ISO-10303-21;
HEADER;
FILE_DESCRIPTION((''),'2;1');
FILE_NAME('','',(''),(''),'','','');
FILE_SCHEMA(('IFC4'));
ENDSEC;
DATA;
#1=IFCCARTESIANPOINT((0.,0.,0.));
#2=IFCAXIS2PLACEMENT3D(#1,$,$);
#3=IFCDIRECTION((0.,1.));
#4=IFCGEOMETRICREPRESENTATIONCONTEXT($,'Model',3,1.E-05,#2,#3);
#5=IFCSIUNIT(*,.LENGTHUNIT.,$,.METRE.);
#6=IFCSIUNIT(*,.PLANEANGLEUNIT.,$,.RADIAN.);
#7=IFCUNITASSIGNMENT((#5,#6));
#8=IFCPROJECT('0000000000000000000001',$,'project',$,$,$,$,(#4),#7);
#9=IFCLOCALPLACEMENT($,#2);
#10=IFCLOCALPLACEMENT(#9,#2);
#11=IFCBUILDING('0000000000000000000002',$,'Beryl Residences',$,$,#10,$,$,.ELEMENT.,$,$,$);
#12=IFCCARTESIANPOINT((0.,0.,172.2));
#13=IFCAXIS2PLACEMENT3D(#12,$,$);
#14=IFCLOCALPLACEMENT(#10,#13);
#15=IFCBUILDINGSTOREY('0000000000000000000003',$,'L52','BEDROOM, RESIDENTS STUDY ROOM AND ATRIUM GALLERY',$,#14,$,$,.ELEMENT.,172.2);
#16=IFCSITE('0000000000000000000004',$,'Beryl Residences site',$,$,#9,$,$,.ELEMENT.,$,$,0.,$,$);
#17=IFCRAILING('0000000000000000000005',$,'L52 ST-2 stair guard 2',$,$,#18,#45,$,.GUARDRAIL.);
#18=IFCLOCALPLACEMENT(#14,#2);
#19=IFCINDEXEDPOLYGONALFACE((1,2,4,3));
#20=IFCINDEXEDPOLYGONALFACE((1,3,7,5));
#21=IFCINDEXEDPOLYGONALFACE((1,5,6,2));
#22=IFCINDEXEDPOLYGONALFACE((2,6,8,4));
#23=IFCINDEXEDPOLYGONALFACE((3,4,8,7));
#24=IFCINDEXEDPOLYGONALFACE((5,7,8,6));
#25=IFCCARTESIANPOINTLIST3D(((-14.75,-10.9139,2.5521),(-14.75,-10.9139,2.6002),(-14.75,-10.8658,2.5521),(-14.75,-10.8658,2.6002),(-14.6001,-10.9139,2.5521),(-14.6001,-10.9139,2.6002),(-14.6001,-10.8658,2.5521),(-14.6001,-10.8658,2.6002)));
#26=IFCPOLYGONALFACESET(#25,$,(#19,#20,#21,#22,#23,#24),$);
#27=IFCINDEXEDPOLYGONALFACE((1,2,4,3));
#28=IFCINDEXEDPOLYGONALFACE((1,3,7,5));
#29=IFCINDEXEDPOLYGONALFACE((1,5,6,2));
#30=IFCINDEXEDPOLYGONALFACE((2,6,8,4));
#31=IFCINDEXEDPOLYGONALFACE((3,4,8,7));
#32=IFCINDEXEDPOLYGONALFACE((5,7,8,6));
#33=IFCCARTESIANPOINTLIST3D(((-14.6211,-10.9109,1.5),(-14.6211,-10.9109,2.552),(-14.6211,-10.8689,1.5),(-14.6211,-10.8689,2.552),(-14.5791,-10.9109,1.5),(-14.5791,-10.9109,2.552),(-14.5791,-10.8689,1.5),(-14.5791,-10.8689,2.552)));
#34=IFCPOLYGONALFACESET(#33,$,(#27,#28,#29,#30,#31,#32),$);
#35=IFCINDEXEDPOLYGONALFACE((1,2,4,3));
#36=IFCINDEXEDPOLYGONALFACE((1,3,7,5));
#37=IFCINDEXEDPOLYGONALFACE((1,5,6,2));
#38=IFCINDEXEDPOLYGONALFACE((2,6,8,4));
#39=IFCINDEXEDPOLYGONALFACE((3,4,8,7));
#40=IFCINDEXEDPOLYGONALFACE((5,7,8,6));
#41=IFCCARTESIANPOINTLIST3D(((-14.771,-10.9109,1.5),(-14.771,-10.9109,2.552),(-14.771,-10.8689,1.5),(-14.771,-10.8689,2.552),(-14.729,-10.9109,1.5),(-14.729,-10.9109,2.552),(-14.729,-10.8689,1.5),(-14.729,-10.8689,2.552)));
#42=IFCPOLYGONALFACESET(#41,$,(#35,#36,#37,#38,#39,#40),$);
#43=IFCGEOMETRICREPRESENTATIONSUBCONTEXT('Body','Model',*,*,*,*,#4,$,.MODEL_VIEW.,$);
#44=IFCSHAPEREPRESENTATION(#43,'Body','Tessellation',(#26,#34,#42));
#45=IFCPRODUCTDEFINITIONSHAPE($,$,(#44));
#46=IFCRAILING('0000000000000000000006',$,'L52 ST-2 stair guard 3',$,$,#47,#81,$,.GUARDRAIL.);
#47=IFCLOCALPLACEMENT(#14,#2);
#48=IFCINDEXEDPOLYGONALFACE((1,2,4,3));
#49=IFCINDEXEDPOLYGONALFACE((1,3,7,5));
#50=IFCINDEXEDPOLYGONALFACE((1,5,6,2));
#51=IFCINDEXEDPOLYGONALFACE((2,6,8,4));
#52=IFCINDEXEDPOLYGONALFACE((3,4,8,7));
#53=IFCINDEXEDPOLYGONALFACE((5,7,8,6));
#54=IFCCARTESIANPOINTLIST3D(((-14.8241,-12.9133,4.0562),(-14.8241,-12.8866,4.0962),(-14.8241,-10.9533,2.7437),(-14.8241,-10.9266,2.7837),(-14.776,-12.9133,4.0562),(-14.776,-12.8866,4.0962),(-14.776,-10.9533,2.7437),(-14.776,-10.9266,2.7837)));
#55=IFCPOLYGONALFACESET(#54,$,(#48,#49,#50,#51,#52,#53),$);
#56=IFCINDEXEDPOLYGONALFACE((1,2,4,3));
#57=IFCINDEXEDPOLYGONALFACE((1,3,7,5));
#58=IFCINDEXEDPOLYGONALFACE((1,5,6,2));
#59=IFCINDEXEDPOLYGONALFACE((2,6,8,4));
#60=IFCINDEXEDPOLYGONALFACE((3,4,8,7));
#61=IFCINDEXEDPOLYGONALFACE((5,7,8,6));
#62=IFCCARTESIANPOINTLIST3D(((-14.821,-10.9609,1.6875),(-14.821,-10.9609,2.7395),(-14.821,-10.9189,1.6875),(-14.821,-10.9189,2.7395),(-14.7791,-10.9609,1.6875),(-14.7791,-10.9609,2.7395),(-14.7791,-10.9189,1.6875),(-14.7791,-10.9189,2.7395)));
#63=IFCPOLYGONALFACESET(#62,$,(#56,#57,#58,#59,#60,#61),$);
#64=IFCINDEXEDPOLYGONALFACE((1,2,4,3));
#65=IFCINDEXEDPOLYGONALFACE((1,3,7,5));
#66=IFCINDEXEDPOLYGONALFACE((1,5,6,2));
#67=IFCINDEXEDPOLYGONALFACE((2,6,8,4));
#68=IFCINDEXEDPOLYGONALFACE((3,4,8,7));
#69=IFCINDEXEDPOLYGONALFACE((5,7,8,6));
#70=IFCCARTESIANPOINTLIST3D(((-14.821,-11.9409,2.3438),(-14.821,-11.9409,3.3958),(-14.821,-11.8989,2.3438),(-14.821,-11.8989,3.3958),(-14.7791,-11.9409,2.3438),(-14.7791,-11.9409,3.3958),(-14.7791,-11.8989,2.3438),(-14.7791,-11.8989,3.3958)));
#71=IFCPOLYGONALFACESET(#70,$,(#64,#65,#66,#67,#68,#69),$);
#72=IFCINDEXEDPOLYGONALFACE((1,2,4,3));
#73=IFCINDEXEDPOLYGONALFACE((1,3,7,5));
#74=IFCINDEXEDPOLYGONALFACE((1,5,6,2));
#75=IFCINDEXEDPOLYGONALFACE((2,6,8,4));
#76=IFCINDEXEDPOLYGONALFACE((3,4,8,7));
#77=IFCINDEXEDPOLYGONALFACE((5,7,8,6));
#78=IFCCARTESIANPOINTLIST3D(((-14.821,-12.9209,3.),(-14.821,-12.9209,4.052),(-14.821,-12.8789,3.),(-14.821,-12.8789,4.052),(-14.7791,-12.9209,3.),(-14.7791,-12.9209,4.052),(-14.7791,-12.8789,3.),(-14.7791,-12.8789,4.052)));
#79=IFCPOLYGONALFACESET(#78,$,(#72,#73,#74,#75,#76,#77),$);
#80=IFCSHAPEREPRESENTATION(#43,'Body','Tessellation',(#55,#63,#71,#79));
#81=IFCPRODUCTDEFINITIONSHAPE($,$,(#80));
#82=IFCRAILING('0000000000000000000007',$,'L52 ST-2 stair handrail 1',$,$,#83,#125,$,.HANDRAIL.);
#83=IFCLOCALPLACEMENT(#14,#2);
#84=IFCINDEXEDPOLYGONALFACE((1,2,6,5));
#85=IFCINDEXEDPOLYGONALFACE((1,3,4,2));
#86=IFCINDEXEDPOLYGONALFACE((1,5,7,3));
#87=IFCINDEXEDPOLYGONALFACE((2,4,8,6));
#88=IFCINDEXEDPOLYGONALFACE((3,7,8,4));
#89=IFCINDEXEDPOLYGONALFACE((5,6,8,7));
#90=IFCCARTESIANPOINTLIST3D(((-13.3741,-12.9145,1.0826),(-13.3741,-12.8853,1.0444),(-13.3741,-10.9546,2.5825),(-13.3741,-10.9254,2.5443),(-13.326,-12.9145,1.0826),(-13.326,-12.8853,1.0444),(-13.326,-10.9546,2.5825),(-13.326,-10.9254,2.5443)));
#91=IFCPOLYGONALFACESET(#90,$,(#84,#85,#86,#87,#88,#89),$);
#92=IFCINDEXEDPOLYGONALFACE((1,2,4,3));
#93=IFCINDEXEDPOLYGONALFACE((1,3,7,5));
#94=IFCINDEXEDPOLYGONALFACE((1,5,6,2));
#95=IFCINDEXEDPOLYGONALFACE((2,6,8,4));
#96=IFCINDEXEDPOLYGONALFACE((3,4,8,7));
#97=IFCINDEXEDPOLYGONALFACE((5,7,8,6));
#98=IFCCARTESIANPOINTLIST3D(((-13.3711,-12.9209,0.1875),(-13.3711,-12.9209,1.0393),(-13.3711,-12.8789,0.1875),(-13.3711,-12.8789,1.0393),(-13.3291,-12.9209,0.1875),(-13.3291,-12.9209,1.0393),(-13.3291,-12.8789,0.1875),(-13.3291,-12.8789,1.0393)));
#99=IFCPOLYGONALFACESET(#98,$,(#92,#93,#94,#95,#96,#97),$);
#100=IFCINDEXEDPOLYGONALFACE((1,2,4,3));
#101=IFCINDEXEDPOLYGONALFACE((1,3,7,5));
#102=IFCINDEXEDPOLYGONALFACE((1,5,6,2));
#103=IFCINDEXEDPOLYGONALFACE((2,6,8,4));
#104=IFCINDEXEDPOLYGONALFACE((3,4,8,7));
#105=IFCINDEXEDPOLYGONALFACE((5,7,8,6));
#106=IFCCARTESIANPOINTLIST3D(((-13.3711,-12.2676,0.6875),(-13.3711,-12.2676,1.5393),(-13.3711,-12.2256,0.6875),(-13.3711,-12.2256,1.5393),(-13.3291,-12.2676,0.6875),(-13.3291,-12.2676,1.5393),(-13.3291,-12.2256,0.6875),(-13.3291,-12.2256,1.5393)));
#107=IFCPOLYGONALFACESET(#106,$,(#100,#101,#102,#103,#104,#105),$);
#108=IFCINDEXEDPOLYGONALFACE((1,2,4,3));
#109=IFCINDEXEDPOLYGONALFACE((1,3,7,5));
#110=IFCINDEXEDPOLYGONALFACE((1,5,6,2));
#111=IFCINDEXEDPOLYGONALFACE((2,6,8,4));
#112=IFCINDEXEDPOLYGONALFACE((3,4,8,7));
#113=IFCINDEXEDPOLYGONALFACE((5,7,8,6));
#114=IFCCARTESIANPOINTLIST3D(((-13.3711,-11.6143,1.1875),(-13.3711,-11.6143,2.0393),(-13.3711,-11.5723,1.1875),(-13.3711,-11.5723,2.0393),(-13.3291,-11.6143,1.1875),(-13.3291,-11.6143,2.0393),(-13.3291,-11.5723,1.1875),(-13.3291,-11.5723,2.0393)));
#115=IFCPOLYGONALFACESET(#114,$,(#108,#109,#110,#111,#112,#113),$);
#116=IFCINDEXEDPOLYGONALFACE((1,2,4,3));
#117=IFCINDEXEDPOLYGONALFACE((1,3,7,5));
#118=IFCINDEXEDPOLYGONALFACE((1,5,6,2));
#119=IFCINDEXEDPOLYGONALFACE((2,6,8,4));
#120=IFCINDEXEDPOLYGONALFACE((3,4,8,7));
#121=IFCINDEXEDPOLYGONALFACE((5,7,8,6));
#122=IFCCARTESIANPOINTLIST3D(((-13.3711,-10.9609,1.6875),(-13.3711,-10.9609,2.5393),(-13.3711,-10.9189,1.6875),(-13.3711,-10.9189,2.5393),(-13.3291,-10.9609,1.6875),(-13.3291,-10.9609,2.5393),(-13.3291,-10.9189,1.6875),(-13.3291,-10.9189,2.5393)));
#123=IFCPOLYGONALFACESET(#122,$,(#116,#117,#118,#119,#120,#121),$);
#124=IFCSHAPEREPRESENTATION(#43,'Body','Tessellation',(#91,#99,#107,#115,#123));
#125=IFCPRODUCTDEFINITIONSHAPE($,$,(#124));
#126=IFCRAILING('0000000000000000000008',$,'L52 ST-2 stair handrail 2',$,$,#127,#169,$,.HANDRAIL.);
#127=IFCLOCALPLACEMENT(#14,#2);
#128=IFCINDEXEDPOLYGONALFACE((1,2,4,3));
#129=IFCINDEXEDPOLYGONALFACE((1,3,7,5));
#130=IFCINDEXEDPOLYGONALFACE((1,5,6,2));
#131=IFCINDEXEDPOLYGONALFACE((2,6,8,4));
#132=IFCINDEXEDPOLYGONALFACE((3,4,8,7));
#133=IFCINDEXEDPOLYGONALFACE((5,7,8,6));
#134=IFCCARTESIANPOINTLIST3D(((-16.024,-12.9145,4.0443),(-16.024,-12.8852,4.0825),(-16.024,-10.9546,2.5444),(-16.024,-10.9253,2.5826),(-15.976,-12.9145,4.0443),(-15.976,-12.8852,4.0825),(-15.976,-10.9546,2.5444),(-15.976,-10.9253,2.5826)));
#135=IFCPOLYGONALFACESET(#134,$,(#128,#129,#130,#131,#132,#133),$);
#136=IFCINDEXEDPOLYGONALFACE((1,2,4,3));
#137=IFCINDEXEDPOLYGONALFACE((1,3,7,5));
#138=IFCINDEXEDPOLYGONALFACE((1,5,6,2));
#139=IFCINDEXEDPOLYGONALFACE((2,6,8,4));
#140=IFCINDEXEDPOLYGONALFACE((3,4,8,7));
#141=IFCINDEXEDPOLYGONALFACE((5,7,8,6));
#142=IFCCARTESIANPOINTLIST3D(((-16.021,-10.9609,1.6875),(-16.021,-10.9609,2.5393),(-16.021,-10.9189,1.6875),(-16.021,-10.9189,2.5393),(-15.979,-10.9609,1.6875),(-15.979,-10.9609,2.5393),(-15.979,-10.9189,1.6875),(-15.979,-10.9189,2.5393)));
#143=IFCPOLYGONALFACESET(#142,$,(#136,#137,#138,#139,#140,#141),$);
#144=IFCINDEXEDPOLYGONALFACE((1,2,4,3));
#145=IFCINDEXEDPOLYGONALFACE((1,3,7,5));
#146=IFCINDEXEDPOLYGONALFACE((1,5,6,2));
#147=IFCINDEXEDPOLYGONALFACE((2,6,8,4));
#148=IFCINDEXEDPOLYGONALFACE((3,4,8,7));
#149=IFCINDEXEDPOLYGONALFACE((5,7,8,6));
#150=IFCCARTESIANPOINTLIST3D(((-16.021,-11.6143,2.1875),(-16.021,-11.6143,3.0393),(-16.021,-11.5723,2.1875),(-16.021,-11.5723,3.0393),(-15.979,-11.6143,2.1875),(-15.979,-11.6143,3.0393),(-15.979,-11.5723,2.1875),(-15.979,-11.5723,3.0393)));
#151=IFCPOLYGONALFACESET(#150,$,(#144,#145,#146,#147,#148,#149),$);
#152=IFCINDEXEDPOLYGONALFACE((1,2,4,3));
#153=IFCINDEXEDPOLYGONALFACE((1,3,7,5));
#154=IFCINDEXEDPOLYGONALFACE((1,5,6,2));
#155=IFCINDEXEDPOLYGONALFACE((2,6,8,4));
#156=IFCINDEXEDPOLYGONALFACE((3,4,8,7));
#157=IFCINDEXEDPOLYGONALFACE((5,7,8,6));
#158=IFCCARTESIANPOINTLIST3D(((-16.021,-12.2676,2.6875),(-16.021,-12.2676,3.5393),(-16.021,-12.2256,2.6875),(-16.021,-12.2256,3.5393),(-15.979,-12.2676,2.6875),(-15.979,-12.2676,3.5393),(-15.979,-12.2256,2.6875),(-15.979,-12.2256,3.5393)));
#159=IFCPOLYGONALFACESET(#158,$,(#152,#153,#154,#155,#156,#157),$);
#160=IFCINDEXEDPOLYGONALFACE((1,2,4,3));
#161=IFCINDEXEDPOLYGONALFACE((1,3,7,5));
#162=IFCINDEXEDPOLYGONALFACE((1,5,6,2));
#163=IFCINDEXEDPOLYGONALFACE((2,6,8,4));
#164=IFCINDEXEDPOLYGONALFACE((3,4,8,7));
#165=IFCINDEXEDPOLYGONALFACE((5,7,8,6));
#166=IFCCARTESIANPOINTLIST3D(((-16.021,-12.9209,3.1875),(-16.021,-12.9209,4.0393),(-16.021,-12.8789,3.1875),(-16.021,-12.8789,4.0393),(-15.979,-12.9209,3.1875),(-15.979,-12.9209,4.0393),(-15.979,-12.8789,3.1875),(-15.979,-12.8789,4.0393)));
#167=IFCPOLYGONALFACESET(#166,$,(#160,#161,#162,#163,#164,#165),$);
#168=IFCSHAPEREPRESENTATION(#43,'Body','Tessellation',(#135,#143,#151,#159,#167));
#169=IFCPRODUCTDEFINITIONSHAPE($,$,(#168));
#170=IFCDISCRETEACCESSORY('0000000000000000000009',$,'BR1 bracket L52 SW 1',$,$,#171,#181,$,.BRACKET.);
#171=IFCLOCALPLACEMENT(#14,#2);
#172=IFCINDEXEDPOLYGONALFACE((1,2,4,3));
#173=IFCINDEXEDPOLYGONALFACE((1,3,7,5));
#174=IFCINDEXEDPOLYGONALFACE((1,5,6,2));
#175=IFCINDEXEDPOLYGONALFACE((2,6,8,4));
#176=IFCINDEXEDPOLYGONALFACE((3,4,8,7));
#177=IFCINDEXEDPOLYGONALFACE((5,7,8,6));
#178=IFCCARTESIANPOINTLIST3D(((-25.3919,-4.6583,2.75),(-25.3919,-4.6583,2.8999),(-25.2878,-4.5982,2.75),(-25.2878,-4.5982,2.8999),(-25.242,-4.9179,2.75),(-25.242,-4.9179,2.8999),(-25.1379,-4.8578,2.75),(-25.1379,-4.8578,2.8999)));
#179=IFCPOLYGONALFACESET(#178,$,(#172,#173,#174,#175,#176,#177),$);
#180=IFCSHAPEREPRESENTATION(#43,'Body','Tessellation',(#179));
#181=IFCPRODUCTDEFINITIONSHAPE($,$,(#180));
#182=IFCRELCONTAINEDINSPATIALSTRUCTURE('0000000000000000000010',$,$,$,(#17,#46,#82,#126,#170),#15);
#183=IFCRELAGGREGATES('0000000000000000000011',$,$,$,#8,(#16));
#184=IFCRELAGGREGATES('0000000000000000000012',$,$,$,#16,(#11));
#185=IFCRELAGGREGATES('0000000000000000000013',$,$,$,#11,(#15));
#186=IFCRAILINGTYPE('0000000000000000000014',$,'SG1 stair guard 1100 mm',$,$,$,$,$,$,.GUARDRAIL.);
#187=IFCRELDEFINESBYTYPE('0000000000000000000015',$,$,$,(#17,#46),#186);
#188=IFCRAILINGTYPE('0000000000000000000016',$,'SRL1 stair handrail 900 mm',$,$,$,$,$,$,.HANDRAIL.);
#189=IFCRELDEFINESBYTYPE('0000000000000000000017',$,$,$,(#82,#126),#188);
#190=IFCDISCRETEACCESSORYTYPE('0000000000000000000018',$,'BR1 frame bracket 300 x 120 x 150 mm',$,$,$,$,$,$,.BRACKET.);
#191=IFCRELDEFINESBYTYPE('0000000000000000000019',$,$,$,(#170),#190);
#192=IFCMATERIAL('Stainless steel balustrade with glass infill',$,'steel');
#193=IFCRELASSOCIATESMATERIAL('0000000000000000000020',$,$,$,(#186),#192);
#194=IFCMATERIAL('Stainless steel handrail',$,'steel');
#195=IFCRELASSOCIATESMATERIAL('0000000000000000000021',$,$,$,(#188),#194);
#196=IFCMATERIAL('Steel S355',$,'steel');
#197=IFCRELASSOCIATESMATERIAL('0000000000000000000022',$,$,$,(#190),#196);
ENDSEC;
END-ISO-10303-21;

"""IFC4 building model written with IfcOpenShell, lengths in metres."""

from ifc_helpers import new_model, si_unit, direction, frame, origin, origin_2d, place, context, subcontext, project, spatial, polyline, rectangle, outline, extrude, source, transform, mapped, material, type_object, type_shapes, element, save


model = new_model("IFC4")

# Units and contexts
model_context = context("Model", 3, precision=1e-05, world=origin(), true_north=direction((0.0, 1.0)))
body_context = subcontext(model_context, "Body", "Model", "MODEL_VIEW")
ifc_project = project(units=[si_unit("LENGTHUNIT", "METRE"), si_unit("PLANEANGLEUNIT", "RADIAN")], contexts=[model_context])

# Site, building, storey
site_placement = place(None, origin())
site = spatial("IfcSite", under=ifc_project, at=site_placement, Name="Beryl Residences site", CompositionType="ELEMENT", RefElevation=0.0)
building_placement = place(site_placement, origin())
building = spatial("IfcBuilding", under=site, at=building_placement, Name="Beryl Residences", CompositionType="ELEMENT")
storey_placement = place(building_placement, frame((0.0, 0.0, 172.2)))
storey = spatial("IfcBuildingStorey", under=building, at=storey_placement, Name="L52", Description="BEDROOM, RESIDENTS STUDY ROOM AND ATRIUM GALLERY", CompositionType="ELEMENT", Elevation=172.2)

# Railings
ifc_material_1 = material(Name="Stainless steel balustrade with glass infill", Category="steel")
railing_type_1 = type_object("IfcRailingType", Name="SG1 stair guard 1100 mm", PredefinedType="GUARDRAIL", material=ifc_material_1)
railing_1_placement = place(storey_placement, frame((-14.6001, -10.8899, 1.5)))
element("IfcRailing", 1, at=railing_1_placement, inside=storey, type_object=railing_type_1, Name="L52 ST-2 stair guard 2", PredefinedType="GUARDRAIL", context=body_context, shape_type="SweptSolid", body=[
    extrude(rectangle(XDim=0.0481, YDim=0.0481, at=origin_2d()), frame((0.0, 0.0, 1.0762), z_axis=(-1.0, 0.0, 0.0), x_axis=(0.0, -1.0, 0.0)), (0.0, 0.0, 1.0), 0.1499),
    extrude(rectangle(XDim=0.042, YDim=0.042, at=origin_2d()), origin(), (0.0, 0.0, 1.0), 1.052),
    extrude(rectangle(XDim=0.042, YDim=0.042, at=origin_2d()), frame((-0.1499, 0.0, 0.0)), (0.0, 0.0, 1.0), 1.052),
])
railing_2_placement = place(storey_placement, frame((-14.8, -10.9399, 1.6875)))
element("IfcRailing", 2, at=railing_2_placement, inside=storey, type_object=railing_type_1, Name="L52 ST-2 stair guard 3", PredefinedType="GUARDRAIL", context=body_context, shape_type="SweptSolid", body=[
    extrude(rectangle(XDim=0.0481, YDim=0.0481, at=origin_2d()), frame((0.0, 0.0, 1.0762), z_axis=(0.0, -0.830902, 0.556419), x_axis=(1.0, 0.0, 0.0)), (0.0, 0.0, 1.0), 2.3589),
    extrude(rectangle(XDim=0.042, YDim=0.042, at=origin_2d()), origin(), (0.0, 0.0, 1.0), 1.052),
    extrude(rectangle(XDim=0.042, YDim=0.042, at=origin_2d()), frame((0.0, -0.98, 0.6562)), (0.0, 0.0, 1.0), 1.052),
    extrude(rectangle(XDim=0.042, YDim=0.042, at=origin_2d()), frame((0.0, -1.96, 1.3125)), (0.0, 0.0, 1.0), 1.052),
])
ifc_material_2 = material(Name="Stainless steel handrail", Category="steel")
railing_type_2 = type_object("IfcRailingType", Name="SRL1 stair handrail 900 mm", PredefinedType="HANDRAIL", material=ifc_material_2)
railing_3_placement = place(storey_placement, frame((-13.3501, -12.8999, 0.1875)))
element("IfcRailing", 3, at=railing_3_placement, inside=storey, type_object=railing_type_2, Name="L52 ST-2 stair handrail 1", PredefinedType="HANDRAIL", context=body_context, shape_type="SweptSolid", body=[
    extrude(rectangle(XDim=0.0481, YDim=0.0481, at=origin_2d()), frame((0.0, 0.0, 0.876), z_axis=(0.0, 0.794122, 0.607758), x_axis=(-1.0, 0.0, 0.0)), (0.0, 0.0, 1.0), 2.468),
    extrude(rectangle(XDim=0.042, YDim=0.042, at=origin_2d()), origin(), (0.0, 0.0, 1.0), 0.8518),
    extrude(rectangle(XDim=0.042, YDim=0.042, at=origin_2d()), frame((0.0, 0.6533, 0.5)), (0.0, 0.0, 1.0), 0.8518),
    extrude(rectangle(XDim=0.042, YDim=0.042, at=origin_2d()), frame((0.0, 1.3066, 1.0)), (0.0, 0.0, 1.0), 0.8518),
    extrude(rectangle(XDim=0.042, YDim=0.042, at=origin_2d()), frame((0.0, 1.96, 1.5)), (0.0, 0.0, 1.0), 0.8518),
])
railing_4_placement = place(storey_placement, frame((-16.0, -10.9399, 1.6875)))
element("IfcRailing", 4, at=railing_4_placement, inside=storey, type_object=railing_type_2, Name="L52 ST-2 stair handrail 2", PredefinedType="HANDRAIL", context=body_context, shape_type="SweptSolid", body=[
    extrude(rectangle(XDim=0.0481, YDim=0.0481, at=origin_2d()), frame((0.0, 0.0, 0.876), z_axis=(0.0, -0.794122, 0.607758), x_axis=(1.0, 0.0, 0.0)), (0.0, 0.0, 1.0), 2.468),
    extrude(rectangle(XDim=0.042, YDim=0.042, at=origin_2d()), origin(), (0.0, 0.0, 1.0), 0.8518),
    extrude(rectangle(XDim=0.042, YDim=0.042, at=origin_2d()), frame((0.0, -0.6533, 0.5)), (0.0, 0.0, 1.0), 0.8518),
    extrude(rectangle(XDim=0.042, YDim=0.042, at=origin_2d()), frame((0.0, -1.3066, 1.0)), (0.0, 0.0, 1.0), 0.8518),
    extrude(rectangle(XDim=0.042, YDim=0.042, at=origin_2d()), frame((0.0, -1.96, 1.5)), (0.0, 0.0, 1.0), 0.8518),
])

# Discrete accessory
ifc_material_3 = material(Name="Steel S355", Category="steel")
discrete_accessory_type = type_object("IfcDiscreteAccessoryType", Name="BR1 frame bracket 300 x 120 x 150 mm", PredefinedType="BRACKET", material=ifc_material_3)
shared_shape_1 = source(origin(), body_context, "Body", "SweptSolid", [
    extrude(outline(polyline([(-0.1499, 0.0), (0.1499, 0.0), (0.1499, 0.1201), (-0.1499, 0.1201), (-0.1499, 0.0)])), origin(), (0.0, 0.0, 1.0), 0.1499),
])
type_shapes(discrete_accessory_type, [shared_shape_1])
discrete_accessory_placement = place(storey_placement, frame((-25.2129, -4.728, 2.75), z_axis=(0.0, 0.0, 1.0), x_axis=(-0.5, 0.866025, 0.0)))
element("IfcDiscreteAccessory", 5, at=discrete_accessory_placement, inside=storey, type_object=discrete_accessory_type, Name="BR1 bracket L52 SW 1", PredefinedType="BRACKET", context=body_context, shape_type="MappedRepresentation", body=[
    mapped(shared_shape_1, transform((0.0, 0.0, 0.0))),
])

save(model, "model.ifc")
